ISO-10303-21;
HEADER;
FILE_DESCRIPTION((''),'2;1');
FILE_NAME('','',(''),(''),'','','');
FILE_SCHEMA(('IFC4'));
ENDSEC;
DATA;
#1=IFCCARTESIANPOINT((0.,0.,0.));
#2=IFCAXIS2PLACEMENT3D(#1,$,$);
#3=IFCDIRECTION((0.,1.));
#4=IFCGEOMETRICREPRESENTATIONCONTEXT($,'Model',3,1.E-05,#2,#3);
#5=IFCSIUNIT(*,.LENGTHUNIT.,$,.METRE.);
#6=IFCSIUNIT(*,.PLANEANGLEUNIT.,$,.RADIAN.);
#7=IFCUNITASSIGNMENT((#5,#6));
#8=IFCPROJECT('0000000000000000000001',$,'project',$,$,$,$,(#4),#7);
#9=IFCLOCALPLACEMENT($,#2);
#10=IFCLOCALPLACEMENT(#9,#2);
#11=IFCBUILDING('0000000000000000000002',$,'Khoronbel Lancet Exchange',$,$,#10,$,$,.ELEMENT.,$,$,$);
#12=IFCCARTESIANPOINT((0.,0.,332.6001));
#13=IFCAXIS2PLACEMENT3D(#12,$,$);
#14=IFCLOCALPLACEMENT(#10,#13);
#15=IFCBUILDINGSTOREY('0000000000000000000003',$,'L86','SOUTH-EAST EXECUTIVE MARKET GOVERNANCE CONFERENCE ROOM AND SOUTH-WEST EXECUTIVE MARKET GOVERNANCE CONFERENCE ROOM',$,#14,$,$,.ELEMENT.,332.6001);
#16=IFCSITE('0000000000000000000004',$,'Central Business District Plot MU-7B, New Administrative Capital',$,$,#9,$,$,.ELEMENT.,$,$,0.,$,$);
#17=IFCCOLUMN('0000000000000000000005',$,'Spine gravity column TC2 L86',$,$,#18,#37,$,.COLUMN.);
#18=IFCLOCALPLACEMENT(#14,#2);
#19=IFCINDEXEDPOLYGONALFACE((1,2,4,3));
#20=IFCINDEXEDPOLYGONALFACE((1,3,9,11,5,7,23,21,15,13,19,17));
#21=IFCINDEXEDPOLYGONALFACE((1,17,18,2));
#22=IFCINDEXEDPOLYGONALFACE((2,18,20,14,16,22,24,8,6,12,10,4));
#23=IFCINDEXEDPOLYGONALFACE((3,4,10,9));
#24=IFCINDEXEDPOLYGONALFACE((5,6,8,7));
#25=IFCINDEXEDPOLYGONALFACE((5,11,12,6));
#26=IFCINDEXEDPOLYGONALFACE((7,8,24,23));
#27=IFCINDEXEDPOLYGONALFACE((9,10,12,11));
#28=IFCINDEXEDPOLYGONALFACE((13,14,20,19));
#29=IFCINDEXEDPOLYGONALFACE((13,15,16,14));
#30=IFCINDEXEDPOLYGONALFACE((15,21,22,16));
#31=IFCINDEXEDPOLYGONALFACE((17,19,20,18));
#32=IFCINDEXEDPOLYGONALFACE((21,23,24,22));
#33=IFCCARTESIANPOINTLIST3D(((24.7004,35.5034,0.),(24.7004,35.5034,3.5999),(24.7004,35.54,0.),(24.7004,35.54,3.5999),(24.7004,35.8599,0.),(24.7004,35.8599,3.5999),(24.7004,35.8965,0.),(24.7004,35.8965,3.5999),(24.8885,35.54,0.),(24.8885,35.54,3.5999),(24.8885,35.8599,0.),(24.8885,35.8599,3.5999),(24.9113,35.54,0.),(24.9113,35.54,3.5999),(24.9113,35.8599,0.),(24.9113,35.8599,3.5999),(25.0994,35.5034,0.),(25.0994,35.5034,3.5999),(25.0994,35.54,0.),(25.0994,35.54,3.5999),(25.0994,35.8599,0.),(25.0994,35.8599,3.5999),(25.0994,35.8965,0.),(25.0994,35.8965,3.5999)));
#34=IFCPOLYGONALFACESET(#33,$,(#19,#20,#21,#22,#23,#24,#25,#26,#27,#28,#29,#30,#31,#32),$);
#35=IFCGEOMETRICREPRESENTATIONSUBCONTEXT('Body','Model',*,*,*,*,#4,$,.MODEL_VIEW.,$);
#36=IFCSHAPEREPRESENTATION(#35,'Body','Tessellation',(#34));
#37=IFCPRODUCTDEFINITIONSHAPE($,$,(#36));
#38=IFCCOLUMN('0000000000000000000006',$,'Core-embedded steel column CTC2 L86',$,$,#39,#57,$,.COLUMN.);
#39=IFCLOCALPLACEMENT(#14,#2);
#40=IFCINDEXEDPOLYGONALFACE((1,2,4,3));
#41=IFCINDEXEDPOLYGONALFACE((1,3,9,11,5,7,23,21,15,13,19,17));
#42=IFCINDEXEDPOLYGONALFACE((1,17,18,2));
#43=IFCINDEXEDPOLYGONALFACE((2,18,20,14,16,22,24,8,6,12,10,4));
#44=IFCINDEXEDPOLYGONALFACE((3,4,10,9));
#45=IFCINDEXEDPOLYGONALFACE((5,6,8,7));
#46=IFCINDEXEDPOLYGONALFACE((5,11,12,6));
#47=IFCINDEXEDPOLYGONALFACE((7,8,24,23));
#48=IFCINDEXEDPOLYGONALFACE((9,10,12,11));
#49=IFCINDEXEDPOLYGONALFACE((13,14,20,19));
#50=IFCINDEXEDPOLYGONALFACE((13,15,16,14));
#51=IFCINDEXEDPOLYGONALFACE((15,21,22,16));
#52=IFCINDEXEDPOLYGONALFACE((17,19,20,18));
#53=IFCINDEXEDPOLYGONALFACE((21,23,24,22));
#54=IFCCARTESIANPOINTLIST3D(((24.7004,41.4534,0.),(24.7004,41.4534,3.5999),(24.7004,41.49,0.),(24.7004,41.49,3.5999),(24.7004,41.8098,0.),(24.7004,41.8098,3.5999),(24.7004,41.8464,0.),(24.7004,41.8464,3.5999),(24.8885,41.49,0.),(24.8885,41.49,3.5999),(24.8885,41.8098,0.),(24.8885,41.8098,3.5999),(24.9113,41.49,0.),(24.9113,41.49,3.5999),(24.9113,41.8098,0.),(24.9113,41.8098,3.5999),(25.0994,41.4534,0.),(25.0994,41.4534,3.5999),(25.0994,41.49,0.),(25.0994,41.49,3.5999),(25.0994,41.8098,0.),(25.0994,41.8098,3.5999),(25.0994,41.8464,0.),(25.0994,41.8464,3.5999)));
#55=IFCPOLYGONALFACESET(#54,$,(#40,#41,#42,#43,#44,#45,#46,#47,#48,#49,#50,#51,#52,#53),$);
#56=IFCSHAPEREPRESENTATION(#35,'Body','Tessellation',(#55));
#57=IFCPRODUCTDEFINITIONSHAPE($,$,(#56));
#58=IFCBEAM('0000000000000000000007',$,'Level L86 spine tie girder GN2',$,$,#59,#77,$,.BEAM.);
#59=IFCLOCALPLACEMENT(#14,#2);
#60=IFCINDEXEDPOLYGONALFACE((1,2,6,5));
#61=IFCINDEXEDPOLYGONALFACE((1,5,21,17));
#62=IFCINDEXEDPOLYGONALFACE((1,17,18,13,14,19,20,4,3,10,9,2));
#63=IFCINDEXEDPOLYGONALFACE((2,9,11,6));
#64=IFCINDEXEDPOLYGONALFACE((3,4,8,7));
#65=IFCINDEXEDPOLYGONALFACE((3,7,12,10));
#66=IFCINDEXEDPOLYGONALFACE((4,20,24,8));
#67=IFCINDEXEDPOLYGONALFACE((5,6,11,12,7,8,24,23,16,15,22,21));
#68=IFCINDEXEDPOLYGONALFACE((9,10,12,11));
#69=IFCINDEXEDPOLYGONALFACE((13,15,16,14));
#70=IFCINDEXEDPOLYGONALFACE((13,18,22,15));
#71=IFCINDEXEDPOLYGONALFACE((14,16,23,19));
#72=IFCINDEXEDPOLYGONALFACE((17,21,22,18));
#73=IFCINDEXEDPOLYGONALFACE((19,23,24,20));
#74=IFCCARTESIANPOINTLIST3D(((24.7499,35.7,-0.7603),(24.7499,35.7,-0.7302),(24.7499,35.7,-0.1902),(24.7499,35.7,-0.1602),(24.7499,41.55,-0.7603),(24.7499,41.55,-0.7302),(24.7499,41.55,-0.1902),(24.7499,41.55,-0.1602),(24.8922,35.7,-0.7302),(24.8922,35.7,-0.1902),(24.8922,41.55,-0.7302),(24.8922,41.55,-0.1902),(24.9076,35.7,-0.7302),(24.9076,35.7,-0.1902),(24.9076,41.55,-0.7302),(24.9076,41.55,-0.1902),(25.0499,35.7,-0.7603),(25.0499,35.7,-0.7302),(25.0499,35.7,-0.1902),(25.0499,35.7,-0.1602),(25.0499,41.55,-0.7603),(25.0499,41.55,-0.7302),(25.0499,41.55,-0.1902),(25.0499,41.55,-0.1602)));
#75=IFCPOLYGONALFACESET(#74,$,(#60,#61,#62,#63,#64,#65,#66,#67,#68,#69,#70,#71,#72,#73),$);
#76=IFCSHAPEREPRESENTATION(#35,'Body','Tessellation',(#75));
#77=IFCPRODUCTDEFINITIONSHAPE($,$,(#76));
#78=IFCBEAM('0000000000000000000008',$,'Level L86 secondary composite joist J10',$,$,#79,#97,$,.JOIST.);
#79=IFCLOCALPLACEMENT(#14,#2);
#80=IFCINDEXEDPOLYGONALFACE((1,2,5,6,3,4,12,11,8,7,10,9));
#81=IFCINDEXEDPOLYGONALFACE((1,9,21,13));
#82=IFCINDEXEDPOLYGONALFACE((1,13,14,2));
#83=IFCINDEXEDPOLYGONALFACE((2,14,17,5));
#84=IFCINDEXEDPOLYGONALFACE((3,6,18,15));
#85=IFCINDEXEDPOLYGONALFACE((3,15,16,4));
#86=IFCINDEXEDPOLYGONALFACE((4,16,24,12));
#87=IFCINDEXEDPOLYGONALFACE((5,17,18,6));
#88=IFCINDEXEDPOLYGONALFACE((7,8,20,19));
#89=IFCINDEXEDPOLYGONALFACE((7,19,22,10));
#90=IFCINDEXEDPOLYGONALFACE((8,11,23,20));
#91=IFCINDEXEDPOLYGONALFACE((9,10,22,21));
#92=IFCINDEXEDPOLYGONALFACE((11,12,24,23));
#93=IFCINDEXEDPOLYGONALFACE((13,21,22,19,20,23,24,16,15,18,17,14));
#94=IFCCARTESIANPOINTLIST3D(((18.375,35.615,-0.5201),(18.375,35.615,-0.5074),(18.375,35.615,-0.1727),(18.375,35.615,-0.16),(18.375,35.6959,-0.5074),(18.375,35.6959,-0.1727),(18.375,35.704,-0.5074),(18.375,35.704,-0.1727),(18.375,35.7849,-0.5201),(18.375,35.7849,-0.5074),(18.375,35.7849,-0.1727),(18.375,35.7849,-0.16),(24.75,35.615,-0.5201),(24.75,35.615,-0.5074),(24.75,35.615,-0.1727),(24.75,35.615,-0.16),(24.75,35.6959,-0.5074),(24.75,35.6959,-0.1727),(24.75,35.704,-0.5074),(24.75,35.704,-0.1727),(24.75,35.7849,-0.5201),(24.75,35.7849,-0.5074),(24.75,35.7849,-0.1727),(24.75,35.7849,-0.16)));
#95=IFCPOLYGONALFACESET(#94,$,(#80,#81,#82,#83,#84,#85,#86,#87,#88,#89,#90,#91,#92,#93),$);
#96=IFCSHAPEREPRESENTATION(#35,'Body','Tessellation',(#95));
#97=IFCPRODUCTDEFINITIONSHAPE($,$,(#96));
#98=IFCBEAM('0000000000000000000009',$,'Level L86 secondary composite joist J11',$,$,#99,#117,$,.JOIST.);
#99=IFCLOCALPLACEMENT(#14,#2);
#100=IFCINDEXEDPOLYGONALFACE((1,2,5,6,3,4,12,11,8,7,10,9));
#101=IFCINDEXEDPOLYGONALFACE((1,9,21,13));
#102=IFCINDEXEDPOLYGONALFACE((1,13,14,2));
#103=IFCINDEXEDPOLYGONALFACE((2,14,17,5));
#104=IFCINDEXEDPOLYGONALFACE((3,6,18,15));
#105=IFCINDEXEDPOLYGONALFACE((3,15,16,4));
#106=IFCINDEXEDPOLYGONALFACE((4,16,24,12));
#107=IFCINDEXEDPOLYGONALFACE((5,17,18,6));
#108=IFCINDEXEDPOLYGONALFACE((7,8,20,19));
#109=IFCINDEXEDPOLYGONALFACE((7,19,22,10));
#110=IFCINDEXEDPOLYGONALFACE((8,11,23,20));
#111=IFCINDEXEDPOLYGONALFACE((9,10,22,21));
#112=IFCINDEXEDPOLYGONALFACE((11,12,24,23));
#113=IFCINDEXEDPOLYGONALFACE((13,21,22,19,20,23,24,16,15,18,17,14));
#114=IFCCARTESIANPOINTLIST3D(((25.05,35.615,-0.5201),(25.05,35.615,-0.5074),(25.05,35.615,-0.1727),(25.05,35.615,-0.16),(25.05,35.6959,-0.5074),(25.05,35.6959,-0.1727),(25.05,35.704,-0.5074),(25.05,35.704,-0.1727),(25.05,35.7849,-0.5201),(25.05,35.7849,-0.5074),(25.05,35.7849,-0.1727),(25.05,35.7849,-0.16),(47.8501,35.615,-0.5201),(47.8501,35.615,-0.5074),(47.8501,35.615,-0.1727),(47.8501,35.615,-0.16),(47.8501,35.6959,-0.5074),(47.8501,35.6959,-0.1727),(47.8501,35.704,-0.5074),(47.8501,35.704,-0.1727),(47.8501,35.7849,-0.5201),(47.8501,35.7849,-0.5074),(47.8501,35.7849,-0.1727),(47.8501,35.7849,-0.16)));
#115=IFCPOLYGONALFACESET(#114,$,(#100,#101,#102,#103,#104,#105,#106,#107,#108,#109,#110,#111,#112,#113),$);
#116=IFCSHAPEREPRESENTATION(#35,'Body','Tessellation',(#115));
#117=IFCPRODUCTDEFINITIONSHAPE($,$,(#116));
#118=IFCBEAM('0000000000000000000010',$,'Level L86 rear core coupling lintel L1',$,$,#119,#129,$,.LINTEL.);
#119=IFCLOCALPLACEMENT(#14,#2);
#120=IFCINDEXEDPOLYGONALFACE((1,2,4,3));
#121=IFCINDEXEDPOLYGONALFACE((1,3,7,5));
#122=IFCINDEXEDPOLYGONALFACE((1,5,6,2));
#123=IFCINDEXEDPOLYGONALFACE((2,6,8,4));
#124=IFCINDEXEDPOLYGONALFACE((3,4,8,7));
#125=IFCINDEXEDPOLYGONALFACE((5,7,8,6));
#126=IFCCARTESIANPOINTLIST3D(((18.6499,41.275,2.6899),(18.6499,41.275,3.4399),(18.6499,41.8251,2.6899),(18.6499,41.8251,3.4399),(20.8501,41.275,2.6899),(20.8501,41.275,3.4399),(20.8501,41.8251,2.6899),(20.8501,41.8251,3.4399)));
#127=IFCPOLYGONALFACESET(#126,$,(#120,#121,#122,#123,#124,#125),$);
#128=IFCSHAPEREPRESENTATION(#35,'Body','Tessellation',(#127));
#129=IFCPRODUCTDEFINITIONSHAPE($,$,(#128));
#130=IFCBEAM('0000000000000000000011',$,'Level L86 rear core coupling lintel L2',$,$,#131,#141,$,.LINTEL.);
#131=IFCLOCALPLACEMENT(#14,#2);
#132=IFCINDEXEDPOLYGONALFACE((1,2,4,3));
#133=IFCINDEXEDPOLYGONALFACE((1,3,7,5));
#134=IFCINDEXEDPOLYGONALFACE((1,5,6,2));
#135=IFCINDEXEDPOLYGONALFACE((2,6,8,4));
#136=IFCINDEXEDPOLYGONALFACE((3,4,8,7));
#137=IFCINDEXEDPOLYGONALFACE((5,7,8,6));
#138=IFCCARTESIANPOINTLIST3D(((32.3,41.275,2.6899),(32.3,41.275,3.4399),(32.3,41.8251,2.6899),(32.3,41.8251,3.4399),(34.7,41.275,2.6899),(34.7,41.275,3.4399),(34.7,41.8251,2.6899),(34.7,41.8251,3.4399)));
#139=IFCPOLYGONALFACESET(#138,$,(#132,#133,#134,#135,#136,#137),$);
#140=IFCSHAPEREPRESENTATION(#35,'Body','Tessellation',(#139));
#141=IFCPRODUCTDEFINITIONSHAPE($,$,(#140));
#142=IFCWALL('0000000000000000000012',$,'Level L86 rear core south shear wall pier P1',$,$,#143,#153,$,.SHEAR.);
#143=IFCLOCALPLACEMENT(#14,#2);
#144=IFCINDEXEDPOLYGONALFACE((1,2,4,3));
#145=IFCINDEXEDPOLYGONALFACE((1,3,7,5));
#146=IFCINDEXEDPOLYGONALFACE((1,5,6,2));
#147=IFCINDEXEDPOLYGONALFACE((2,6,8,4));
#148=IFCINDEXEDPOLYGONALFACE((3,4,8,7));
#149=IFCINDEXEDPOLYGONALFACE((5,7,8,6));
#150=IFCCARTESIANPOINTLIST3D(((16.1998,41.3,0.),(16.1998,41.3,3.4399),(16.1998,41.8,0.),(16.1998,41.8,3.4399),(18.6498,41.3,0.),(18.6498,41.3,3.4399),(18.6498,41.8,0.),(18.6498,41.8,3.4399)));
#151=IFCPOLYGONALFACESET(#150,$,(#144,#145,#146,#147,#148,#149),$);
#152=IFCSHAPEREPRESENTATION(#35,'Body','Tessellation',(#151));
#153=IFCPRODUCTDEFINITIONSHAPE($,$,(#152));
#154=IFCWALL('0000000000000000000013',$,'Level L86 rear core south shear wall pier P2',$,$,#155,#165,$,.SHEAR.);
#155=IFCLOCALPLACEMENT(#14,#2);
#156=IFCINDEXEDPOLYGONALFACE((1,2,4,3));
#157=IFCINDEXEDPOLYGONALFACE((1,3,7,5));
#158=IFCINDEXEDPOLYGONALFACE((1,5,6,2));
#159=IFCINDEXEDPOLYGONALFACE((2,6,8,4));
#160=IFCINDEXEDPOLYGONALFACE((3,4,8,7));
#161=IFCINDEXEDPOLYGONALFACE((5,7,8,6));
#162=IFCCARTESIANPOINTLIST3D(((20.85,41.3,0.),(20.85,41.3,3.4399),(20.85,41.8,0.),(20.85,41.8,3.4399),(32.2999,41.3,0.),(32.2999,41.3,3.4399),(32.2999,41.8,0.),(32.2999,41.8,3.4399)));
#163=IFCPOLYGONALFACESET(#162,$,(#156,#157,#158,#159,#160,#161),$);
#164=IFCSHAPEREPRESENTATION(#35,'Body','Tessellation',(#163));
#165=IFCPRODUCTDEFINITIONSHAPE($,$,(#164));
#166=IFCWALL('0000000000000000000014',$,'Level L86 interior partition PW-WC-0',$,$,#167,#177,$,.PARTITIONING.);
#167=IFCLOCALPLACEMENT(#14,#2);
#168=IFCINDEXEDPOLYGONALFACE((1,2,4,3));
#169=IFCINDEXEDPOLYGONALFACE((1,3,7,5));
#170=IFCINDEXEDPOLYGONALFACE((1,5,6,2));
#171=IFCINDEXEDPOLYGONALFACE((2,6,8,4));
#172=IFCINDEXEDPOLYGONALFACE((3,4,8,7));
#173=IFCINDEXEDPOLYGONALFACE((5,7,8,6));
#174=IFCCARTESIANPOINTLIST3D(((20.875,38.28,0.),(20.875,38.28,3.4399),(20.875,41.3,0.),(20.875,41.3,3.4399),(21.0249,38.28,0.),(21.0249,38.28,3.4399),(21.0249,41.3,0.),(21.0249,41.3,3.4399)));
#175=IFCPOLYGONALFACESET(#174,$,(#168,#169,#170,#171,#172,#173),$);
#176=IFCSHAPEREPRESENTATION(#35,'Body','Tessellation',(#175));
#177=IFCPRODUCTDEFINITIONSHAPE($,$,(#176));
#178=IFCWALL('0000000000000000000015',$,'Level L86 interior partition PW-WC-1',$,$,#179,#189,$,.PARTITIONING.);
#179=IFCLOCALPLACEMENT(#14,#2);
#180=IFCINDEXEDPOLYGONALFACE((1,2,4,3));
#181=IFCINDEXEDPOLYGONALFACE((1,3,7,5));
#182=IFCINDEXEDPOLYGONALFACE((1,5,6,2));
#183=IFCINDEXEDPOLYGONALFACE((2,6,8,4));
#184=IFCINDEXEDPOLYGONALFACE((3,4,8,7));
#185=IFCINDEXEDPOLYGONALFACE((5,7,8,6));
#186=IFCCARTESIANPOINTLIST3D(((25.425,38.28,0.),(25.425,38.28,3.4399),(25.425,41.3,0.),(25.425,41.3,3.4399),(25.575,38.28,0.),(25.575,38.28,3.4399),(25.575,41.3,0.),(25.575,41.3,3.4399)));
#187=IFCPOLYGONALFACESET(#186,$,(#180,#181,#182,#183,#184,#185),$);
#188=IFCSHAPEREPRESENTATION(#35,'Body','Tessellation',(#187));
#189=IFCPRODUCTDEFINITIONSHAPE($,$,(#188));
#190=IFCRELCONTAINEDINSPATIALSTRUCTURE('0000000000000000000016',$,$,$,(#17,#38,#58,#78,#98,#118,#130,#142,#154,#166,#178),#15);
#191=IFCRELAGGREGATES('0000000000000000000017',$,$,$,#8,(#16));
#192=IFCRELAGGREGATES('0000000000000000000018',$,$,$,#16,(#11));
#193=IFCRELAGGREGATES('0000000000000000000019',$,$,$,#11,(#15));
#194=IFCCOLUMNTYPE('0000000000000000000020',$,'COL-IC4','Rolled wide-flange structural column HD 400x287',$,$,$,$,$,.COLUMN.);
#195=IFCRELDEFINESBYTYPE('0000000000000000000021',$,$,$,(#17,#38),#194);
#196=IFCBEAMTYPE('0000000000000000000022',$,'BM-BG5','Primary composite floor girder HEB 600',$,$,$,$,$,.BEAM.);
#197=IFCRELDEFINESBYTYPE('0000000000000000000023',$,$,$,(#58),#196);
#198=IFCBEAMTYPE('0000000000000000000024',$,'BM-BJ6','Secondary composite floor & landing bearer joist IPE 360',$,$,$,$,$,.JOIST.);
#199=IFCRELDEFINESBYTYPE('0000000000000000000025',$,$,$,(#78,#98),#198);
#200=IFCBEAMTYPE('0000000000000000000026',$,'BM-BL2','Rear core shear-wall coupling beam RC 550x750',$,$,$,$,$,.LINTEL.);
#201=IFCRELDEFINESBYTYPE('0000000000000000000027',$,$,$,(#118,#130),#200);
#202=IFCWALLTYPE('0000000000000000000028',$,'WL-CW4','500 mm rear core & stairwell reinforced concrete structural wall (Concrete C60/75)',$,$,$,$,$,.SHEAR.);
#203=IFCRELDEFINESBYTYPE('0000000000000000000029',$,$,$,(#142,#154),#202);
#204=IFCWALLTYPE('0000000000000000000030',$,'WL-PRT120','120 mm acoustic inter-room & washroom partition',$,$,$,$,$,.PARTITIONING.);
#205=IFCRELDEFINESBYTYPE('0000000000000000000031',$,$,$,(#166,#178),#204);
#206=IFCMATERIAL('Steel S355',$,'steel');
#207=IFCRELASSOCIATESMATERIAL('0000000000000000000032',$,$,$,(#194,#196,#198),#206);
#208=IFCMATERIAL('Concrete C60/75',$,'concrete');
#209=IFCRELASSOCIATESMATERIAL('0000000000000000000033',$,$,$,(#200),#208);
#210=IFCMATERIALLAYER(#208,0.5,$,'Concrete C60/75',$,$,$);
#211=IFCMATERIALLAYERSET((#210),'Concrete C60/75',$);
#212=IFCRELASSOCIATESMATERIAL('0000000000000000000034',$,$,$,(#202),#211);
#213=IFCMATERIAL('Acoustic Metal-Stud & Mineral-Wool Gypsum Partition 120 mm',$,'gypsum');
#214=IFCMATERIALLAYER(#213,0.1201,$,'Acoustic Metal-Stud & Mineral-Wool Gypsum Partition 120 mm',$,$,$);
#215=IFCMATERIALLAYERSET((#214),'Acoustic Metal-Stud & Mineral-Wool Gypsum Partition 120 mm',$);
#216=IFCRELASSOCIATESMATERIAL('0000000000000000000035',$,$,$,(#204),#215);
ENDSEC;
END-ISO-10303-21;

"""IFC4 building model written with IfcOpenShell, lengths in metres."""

from ifc_helpers import new_model, si_unit, direction, frame, frame_2d, origin, origin_2d, place, context, subcontext, project, spatial, rectangle, i_section, extrude, material, layer, layer_set, material_profile, profile_set, type_object, element, save


model = new_model("IFC4")

# Units and contexts
model_context = context("Model", 3, precision=1e-05, world=origin(), true_north=direction((0.0, 1.0)))
body_context = subcontext(model_context, "Body", "Model", "MODEL_VIEW")
ifc_project = project(units=[si_unit("LENGTHUNIT", "METRE"), si_unit("PLANEANGLEUNIT", "RADIAN")], contexts=[model_context])

# Site, building, storey
site_placement = place(None, origin())
site = spatial("IfcSite", under=ifc_project, at=site_placement, Name="Central Business District Plot MU-7B, New Administrative Capital", CompositionType="ELEMENT", RefElevation=0.0)
building_placement = place(site_placement, origin())
building = spatial("IfcBuilding", under=site, at=building_placement, Name="Khoronbel Lancet Exchange", CompositionType="ELEMENT")
storey_placement = place(building_placement, frame((0.0, 0.0, 332.6001)))
storey = spatial("IfcBuildingStorey", under=building, at=storey_placement, Name="L86", Description="SOUTH-EAST EXECUTIVE MARKET GOVERNANCE CONFERENCE ROOM AND SOUTH-WEST EXECUTIVE MARKET GOVERNANCE CONFERENCE ROOM", CompositionType="ELEMENT", Elevation=332.6001)

# Columns
ifc_material_1 = material(Name="Steel S355", Category="steel")
ifc_material_profile_1 = material_profile(ifc_material_1, i_section(OverallWidth=0.3989, OverallDepth=0.3931, WebThickness=0.0227, FlangeThickness=0.0366, at=origin_2d()), Name="HD 400x287")
ifc_profile_set_1 = profile_set([ifc_material_profile_1], Name="Steel S355")
column_type = type_object("IfcColumnType", Name="COL-IC4", Description="Rolled wide-flange structural column HD 400x287", PredefinedType="COLUMN", material=ifc_profile_set_1)
for number, where, z_axis, x_axis, name in (
    (1, (24.8999, 35.7, 0.0), (0.0, 0.0, 1.0), (1.0, 0.0, 0.0), "Spine gravity column TC2 L86"),
    (2, (24.8999, 41.6499, 0.0), (0.0, 0.0, 1.0), (1.0, 0.0, 0.0), "Core-embedded steel column CTC2 L86"),
):
    element("IfcColumn", number, at=place(storey_placement, frame(where, z_axis=z_axis, x_axis=x_axis)), inside=storey, type_object=column_type, Name=name, PredefinedType="COLUMN", context=body_context, shape_type="SweptSolid", body=[
        extrude(i_section(OverallWidth=0.3989, OverallDepth=0.3931, WebThickness=0.0227, FlangeThickness=0.0366, at=origin_2d()), origin(), (0.0, 0.0, 1.0), 3.5999),
    ])

# Beams
ifc_material_profile_2 = material_profile(ifc_material_1, i_section(OverallWidth=0.3, OverallDepth=0.6001, WebThickness=0.0154, FlangeThickness=0.03, at=origin_2d()), Name="HEB 600")
ifc_profile_set_2 = profile_set([ifc_material_profile_2], Name="Steel S355")
beam_type_1 = type_object("IfcBeamType", Name="BM-BG5", Description="Primary composite floor girder HEB 600", PredefinedType="BEAM", material=ifc_profile_set_2)
beam_1_placement = place(storey_placement, frame((24.8999, 35.7, -0.4602), z_axis=(0.0, 1.0, 0.0), x_axis=(-1.0, 0.0, 0.0)))
element("IfcBeam", 3, at=beam_1_placement, inside=storey, type_object=beam_type_1, Name="Level L86 spine tie girder GN2", PredefinedType="BEAM", context=body_context, shape_type="SweptSolid", body=[
    extrude(i_section(OverallWidth=0.3, OverallDepth=0.6001, WebThickness=0.0154, FlangeThickness=0.03, at=origin_2d()), origin(), (0.0, 0.0, 1.0), 5.8501),
])
ifc_material_profile_3 = material_profile(ifc_material_1, i_section(OverallWidth=0.1699, OverallDepth=0.3601, WebThickness=0.0081, FlangeThickness=0.0127, at=origin_2d()), Name="IPE 360")
ifc_profile_set_3 = profile_set([ifc_material_profile_3], Name="Steel S355")
beam_type_2 = type_object("IfcBeamType", Name="BM-BJ6", Description="Secondary composite floor & landing bearer joist IPE 360", PredefinedType="JOIST", material=ifc_profile_set_3)
beam_2_placement = place(storey_placement, frame((18.375, 35.7, -0.3401), z_axis=(1.0, 0.0, 0.0), x_axis=(0.0, 1.0, 0.0)))
element("IfcBeam", 4, at=beam_2_placement, inside=storey, type_object=beam_type_2, Name="Level L86 secondary composite joist J10", PredefinedType="JOIST", context=body_context, shape_type="SweptSolid", body=[
    extrude(i_section(OverallWidth=0.1699, OverallDepth=0.3601, WebThickness=0.0081, FlangeThickness=0.0127, at=origin_2d()), origin(), (0.0, 0.0, 1.0), 6.375),
])
beam_3_placement = place(storey_placement, frame((25.05, 35.7, -0.3401), z_axis=(1.0, 0.0, 0.0), x_axis=(0.0, 1.0, 0.0)))
element("IfcBeam", 5, at=beam_3_placement, inside=storey, type_object=beam_type_2, Name="Level L86 secondary composite joist J11", PredefinedType="JOIST", context=body_context, shape_type="SweptSolid", body=[
    extrude(i_section(OverallWidth=0.1699, OverallDepth=0.3601, WebThickness=0.0081, FlangeThickness=0.0127, at=origin_2d()), origin(), (0.0, 0.0, 1.0), 22.8),
])
ifc_material_2 = material(Name="Concrete C60/75", Category="concrete")
ifc_material_profile_4 = material_profile(ifc_material_2, rectangle(XDim=0.55, YDim=0.75, at=origin_2d()), Name="RC 550x750")
ifc_profile_set_4 = profile_set([ifc_material_profile_4], Name="Concrete C60/75")
beam_type_3 = type_object("IfcBeamType", Name="BM-BL2", Description="Rear core shear-wall coupling beam RC 550x750", PredefinedType="LINTEL", material=ifc_profile_set_4)
beam_4_placement = place(storey_placement, frame((18.6499, 41.55, 3.0649), z_axis=(1.0, 0.0, 0.0), x_axis=(0.0, 1.0, 0.0)))
element("IfcBeam", 6, at=beam_4_placement, inside=storey, type_object=beam_type_3, Name="Level L86 rear core coupling lintel L1", PredefinedType="LINTEL", context=body_context, shape_type="SweptSolid", body=[
    extrude(rectangle(XDim=0.55, YDim=0.75, at=origin_2d()), origin(), (0.0, 0.0, 1.0), 2.2002),
])
beam_5_placement = place(storey_placement, frame((32.3, 41.55, 3.0649), z_axis=(1.0, 0.0, 0.0), x_axis=(0.0, 1.0, 0.0)))
element("IfcBeam", 7, at=beam_5_placement, inside=storey, type_object=beam_type_3, Name="Level L86 rear core coupling lintel L2", PredefinedType="LINTEL", context=body_context, shape_type="SweptSolid", body=[
    extrude(rectangle(XDim=0.55, YDim=0.75, at=origin_2d()), origin(), (0.0, 0.0, 1.0), 2.3999),
])

# Walls
ifc_layer_1 = layer(ifc_material_2, 0.5, Name="Concrete C60/75")
ifc_layer_set_1 = layer_set([ifc_layer_1], Name="Concrete C60/75")
wall_type_1 = type_object("IfcWallType", Name="WL-CW4", Description="500 mm rear core & stairwell reinforced concrete structural wall (Concrete C60/75)", PredefinedType="SHEAR", material=ifc_layer_set_1)
wall_1_placement = place(storey_placement, frame((18.6499, 41.55, 0.0), z_axis=(0.0, 0.0, 1.0), x_axis=(-1.0, 0.0, 0.0)))
element("IfcWall", 8, at=wall_1_placement, inside=storey, type_object=wall_type_1, Name="Level L86 rear core south shear wall pier P1", PredefinedType="SHEAR", context=body_context, shape_type="SweptSolid", body=[
    extrude(rectangle(XDim=2.45, YDim=0.5, at=frame_2d((1.2251, 0.0))), origin(), (0.0, 0.0, 1.0), 3.4399),
])
wall_2_placement = place(storey_placement, frame((32.3, 41.55, 0.0), z_axis=(0.0, 0.0, 1.0), x_axis=(-1.0, 0.0, 0.0)))
element("IfcWall", 9, at=wall_2_placement, inside=storey, type_object=wall_type_1, Name="Level L86 rear core south shear wall pier P2", PredefinedType="SHEAR", context=body_context, shape_type="SweptSolid", body=[
    extrude(rectangle(XDim=11.45, YDim=0.5, at=frame_2d((5.7251, 0.0))), origin(), (0.0, 0.0, 1.0), 3.4399),
])
ifc_material_3 = material(Name="Acoustic Metal-Stud & Mineral-Wool Gypsum Partition 120 mm", Category="gypsum")
ifc_layer_2 = layer(ifc_material_3, 0.1201, Name="Acoustic Metal-Stud & Mineral-Wool Gypsum Partition 120 mm")
ifc_layer_set_2 = layer_set([ifc_layer_2], Name="Acoustic Metal-Stud & Mineral-Wool Gypsum Partition 120 mm")
wall_type_2 = type_object("IfcWallType", Name="WL-PRT120", Description="120 mm acoustic inter-room & washroom partition", PredefinedType="PARTITIONING", material=ifc_layer_set_2)
for number, where, z_axis, x_axis, name in (
    (10, (20.95, 38.28, 0.0), (0.0, 0.0, 1.0), (0.0, 1.0, 0.0), "Level L86 interior partition PW-WC-0"),
    (11, (25.5, 38.28, 0.0), (0.0, 0.0, 1.0), (0.0, 1.0, 0.0), "Level L86 interior partition PW-WC-1"),
):
    element("IfcWall", number, at=place(storey_placement, frame(where, z_axis=z_axis, x_axis=x_axis)), inside=storey, type_object=wall_type_2, Name=name, PredefinedType="PARTITIONING", context=body_context, shape_type="SweptSolid", body=[
        extrude(rectangle(XDim=3.02, YDim=0.1499, at=frame_2d((1.51, 0.0))), origin(), (0.0, 0.0, 1.0), 3.4399),
    ])

save(model, "model.ifc")
